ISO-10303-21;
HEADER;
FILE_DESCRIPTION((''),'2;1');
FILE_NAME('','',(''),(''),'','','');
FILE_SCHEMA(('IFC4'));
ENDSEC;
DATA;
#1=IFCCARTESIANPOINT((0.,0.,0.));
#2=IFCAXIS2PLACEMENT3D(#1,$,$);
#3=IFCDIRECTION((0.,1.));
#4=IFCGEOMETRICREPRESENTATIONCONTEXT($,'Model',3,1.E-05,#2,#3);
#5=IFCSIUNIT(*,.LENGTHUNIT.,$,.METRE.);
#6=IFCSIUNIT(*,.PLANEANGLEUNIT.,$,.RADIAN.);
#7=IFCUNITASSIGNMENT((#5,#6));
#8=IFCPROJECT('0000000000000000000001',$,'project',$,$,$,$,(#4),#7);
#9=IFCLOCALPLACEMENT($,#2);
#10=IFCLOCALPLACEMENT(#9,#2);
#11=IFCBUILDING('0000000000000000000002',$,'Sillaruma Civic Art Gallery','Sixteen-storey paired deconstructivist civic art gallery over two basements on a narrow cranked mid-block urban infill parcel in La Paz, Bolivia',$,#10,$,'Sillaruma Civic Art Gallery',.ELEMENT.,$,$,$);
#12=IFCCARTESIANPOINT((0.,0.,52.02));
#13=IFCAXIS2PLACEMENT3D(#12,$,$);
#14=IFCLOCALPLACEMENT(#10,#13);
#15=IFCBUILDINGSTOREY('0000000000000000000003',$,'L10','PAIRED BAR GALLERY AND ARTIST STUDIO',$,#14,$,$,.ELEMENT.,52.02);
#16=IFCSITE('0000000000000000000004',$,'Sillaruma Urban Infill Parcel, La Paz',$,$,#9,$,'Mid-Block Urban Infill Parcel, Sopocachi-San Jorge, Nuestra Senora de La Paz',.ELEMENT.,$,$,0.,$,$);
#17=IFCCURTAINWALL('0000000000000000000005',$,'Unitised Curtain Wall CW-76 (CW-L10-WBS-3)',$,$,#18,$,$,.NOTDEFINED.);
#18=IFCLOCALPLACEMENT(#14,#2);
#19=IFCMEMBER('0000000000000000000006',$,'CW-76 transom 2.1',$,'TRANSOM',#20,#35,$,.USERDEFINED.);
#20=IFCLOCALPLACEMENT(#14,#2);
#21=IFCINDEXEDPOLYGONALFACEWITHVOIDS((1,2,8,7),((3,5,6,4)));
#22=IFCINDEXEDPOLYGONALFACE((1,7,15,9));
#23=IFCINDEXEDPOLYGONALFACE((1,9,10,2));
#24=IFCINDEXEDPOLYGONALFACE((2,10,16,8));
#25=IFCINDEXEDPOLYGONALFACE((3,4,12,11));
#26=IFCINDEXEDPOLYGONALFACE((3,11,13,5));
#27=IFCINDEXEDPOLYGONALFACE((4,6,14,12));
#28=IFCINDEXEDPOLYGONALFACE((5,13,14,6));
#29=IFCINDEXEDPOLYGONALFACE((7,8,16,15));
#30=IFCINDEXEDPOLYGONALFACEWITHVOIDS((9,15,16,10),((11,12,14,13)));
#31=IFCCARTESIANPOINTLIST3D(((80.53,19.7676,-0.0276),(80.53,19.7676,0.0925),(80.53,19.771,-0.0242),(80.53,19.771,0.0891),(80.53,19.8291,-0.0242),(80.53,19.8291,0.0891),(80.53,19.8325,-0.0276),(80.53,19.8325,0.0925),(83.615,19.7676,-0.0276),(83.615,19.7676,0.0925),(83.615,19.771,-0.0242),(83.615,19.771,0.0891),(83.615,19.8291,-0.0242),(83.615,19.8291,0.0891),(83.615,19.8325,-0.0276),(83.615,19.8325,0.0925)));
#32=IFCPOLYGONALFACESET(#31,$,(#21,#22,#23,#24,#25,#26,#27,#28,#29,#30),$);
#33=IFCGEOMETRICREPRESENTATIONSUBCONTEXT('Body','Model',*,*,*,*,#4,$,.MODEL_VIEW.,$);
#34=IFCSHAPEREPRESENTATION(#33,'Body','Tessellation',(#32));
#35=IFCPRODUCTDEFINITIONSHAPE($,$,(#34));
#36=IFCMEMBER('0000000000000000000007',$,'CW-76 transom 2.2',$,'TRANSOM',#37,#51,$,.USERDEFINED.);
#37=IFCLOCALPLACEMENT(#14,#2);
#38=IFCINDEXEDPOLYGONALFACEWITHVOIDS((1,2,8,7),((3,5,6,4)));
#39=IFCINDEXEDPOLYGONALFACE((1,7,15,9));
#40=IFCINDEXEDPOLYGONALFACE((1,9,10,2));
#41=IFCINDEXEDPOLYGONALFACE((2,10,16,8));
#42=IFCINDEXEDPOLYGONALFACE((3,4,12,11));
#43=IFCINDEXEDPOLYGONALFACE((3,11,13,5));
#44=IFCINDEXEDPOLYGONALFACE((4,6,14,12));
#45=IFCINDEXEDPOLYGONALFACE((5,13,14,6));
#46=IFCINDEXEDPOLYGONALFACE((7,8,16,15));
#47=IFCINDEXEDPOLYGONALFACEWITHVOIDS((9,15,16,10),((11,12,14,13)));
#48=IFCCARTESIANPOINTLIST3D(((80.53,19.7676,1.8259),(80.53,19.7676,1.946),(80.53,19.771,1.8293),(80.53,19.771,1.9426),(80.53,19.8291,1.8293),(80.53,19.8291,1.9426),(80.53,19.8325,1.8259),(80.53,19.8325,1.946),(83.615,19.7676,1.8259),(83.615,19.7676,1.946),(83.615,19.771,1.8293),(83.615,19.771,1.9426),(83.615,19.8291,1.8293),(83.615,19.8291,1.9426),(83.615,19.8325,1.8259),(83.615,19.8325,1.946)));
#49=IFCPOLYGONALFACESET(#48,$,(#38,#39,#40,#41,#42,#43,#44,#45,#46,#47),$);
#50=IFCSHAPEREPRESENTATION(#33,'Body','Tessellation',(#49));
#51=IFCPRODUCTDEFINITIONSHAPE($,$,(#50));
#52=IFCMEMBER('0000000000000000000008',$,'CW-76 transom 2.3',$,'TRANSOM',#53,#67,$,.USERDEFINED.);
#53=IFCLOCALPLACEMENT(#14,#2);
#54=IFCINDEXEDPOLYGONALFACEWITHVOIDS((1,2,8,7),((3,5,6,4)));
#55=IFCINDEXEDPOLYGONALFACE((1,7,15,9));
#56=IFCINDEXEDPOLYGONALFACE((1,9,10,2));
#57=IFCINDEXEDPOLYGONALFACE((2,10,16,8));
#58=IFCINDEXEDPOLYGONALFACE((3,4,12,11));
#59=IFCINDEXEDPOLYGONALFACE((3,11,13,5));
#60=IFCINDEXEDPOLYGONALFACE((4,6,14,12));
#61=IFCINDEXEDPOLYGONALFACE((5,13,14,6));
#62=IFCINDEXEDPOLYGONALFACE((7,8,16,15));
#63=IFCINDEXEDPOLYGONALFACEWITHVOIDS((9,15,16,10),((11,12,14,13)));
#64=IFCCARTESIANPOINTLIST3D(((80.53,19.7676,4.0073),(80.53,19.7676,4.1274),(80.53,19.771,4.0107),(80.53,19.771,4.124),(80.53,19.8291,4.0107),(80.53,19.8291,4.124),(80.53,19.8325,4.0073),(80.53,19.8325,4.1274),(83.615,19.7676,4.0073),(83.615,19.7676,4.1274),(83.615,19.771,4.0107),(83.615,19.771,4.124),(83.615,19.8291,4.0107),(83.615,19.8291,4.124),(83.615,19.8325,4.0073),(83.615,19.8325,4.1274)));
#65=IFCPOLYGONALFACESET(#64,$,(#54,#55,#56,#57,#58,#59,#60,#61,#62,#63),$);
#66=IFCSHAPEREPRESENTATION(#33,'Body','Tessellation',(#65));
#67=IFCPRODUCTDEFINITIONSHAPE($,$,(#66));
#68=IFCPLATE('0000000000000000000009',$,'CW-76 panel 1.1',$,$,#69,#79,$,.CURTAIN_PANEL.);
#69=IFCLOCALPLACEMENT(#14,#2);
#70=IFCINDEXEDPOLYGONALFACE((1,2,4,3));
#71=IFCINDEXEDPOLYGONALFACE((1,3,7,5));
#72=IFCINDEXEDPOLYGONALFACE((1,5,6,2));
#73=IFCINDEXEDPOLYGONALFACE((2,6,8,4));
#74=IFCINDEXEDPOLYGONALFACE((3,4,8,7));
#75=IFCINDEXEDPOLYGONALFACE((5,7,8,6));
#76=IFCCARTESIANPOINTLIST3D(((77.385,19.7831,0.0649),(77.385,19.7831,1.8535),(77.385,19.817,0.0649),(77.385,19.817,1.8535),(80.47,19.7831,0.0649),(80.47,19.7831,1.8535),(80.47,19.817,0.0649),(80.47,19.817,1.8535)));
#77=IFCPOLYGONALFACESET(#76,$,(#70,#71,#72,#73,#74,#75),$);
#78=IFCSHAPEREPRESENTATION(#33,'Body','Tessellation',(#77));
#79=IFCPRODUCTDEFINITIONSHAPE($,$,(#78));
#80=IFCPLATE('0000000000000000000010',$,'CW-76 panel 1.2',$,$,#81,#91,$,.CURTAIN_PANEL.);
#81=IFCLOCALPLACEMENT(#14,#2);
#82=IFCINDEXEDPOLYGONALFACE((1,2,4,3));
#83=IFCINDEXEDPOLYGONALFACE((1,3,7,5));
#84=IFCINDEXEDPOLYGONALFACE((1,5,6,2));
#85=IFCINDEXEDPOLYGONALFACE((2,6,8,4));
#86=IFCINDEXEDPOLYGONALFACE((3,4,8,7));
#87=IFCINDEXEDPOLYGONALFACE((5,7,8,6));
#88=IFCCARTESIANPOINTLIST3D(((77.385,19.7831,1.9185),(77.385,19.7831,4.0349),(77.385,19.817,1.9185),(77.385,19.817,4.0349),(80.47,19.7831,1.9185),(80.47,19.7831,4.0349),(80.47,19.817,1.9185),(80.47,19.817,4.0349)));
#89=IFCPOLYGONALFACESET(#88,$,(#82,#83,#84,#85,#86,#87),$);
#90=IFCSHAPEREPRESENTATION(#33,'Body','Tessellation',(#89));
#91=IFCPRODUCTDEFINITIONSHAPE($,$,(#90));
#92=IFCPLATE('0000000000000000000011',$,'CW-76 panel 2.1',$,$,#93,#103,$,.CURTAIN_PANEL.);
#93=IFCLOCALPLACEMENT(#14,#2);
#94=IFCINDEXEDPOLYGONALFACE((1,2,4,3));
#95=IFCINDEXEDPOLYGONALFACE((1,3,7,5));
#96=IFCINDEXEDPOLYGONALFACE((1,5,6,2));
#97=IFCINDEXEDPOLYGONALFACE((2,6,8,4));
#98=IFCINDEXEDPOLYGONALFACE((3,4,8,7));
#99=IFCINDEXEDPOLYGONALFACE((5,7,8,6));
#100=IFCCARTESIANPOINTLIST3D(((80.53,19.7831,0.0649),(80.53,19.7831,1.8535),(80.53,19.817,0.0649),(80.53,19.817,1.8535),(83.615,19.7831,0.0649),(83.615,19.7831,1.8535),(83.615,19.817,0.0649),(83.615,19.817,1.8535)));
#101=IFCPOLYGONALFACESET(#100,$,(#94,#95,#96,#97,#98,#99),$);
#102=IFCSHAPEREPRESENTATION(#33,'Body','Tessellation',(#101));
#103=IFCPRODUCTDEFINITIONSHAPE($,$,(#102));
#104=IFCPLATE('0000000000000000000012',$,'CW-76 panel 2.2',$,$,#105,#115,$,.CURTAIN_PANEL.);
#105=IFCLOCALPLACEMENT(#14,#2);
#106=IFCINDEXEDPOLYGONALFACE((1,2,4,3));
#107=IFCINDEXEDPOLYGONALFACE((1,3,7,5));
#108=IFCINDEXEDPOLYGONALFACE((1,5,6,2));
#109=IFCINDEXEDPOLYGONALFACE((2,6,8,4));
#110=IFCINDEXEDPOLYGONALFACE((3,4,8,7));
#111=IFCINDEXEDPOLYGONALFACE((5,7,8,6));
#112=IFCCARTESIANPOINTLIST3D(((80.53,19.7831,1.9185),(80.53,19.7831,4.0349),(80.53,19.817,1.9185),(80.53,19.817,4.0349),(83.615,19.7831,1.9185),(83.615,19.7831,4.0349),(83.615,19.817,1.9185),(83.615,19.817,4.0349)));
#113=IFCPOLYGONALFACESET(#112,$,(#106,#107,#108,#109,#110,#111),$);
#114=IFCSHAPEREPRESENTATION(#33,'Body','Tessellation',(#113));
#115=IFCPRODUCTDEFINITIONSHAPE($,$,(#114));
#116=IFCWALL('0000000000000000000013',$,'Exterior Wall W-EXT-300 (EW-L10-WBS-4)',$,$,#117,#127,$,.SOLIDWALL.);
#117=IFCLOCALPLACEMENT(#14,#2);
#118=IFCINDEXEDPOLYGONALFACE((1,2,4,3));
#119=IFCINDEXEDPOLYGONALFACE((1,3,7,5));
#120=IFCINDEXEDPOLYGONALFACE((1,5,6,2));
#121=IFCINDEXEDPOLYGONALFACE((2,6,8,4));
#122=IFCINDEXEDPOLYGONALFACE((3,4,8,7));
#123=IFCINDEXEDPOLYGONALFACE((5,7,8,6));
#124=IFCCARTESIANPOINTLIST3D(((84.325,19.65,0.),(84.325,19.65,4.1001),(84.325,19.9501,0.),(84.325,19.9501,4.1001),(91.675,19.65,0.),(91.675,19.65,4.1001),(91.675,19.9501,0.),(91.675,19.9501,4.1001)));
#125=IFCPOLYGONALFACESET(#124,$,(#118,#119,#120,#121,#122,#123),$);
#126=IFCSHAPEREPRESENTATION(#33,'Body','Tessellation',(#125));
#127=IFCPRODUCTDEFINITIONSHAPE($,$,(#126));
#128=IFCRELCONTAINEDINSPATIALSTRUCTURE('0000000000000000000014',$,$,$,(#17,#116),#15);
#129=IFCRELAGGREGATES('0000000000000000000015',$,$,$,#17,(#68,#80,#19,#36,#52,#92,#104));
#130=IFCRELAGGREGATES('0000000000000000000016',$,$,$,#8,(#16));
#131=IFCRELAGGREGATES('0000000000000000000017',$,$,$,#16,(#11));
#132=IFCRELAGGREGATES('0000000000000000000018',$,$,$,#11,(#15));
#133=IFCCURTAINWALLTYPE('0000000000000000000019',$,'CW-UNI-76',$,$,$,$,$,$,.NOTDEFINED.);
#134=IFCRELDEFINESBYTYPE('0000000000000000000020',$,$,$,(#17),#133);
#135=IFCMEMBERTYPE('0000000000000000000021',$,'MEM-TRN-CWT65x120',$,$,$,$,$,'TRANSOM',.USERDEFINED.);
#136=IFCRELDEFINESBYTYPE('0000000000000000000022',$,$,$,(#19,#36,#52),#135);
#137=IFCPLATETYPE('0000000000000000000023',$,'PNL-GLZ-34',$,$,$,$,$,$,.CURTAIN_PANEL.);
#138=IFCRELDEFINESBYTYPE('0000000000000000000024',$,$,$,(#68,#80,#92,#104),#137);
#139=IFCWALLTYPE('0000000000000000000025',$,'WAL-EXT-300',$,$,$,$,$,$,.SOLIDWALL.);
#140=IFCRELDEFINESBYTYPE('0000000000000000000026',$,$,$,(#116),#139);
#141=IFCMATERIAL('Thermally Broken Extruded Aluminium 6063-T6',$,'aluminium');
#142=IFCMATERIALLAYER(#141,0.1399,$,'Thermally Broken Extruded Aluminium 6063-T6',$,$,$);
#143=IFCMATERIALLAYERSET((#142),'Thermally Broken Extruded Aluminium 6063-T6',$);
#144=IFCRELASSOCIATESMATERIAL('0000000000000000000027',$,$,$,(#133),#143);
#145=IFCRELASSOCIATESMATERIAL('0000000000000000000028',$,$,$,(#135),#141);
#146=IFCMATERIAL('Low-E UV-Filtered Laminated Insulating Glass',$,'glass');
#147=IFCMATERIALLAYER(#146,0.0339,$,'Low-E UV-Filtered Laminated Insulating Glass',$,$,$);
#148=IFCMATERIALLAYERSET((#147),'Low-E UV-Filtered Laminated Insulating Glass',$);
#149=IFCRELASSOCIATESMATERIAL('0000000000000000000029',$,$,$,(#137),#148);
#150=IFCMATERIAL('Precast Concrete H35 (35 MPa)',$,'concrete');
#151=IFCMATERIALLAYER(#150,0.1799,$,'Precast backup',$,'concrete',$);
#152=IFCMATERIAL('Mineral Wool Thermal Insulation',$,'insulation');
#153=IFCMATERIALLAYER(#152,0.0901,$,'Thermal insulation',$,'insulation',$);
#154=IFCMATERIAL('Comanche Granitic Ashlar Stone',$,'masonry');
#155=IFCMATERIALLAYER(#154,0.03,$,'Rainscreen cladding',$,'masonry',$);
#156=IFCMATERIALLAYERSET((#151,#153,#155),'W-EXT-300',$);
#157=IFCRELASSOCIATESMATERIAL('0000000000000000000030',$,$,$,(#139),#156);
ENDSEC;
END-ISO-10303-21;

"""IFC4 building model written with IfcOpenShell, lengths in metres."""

from ifc_helpers import new_model, si_unit, direction, frame, frame_2d, origin, origin_2d, place, context, subcontext, project, spatial, rectangle, hollow_rectangle, extrude, material, layer, layer_set, material_profile, profile_set, type_object, element, aggregate, save


model = new_model("IFC4")

# Units and contexts
model_context = context("Model", 3, precision=1e-05, world=origin(), true_north=direction((0.0, 1.0)))
body_context = subcontext(model_context, "Body", "Model", "MODEL_VIEW")
ifc_project = project(units=[si_unit("LENGTHUNIT", "METRE"), si_unit("PLANEANGLEUNIT", "RADIAN")], contexts=[model_context])

# Site, building, storey
site_placement = place(None, origin())
site = spatial("IfcSite", under=ifc_project, at=site_placement, Name="Sillaruma Urban Infill Parcel, La Paz", LongName="Mid-Block Urban Infill Parcel, Sopocachi-San Jorge, Nuestra Senora de La Paz", CompositionType="ELEMENT", RefElevation=0.0)
building_placement = place(site_placement, origin())
building = spatial("IfcBuilding", under=site, at=building_placement, Name="Sillaruma Civic Art Gallery", Description="Sixteen-storey paired deconstructivist civic art gallery over two basements on a narrow cranked mid-block urban infill parcel in La Paz, Bolivia", LongName="Sillaruma Civic Art Gallery", CompositionType="ELEMENT")
storey_placement = place(building_placement, frame((0.0, 0.0, 52.02)))
storey = spatial("IfcBuildingStorey", under=building, at=storey_placement, Name="L10", Description="PAIRED BAR GALLERY AND ARTIST STUDIO", CompositionType="ELEMENT", Elevation=52.02)

# Curtain wall, members, plates
ifc_material_1 = material(Name="Thermally Broken Extruded Aluminium 6063-T6", Category="aluminium")
ifc_layer_1 = layer(ifc_material_1, 0.1399, Name="Thermally Broken Extruded Aluminium 6063-T6")
ifc_layer_set_1 = layer_set([ifc_layer_1], Name="Thermally Broken Extruded Aluminium 6063-T6")
curtain_wall_type = type_object("IfcCurtainWallType", Name="CW-UNI-76", PredefinedType="NOTDEFINED", material=ifc_layer_set_1)
curtain_wall_placement = place(storey_placement, origin())
curtain_wall = element("IfcCurtainWall", 1, at=curtain_wall_placement, inside=storey, type_object=curtain_wall_type, Name="Unitised Curtain Wall CW-76 (CW-L10-WBS-3)", PredefinedType="NOTDEFINED")
ifc_material_profile_1 = material_profile(ifc_material_1, hollow_rectangle(XDim=0.0649, YDim=0.1201, WallThickness=0.0034, at=origin_2d()), Name="CWT65x120")
ifc_profile_set_1 = profile_set([ifc_material_profile_1], Name="Thermally Broken Extruded Aluminium 6063-T6")
member_type_1 = type_object("IfcMemberType", Name="MEM-TRN-CWT65x120", ElementType="TRANSOM", PredefinedType="USERDEFINED", material=ifc_profile_set_1)
member_1_placement = place(storey_placement, frame((80.53, 19.8, 0.0325), z_axis=(1.0, 0.0, 0.0), x_axis=(0.0, 1.0, 0.0)))
member_1 = element("IfcMember", 2, at=member_1_placement, type_object=member_type_1, Name="CW-76 transom 2.1", ObjectType="TRANSOM", PredefinedType="USERDEFINED", context=body_context, shape_type="SweptSolid", body=[
    extrude(hollow_rectangle(XDim=0.0649, YDim=0.1201, WallThickness=0.0034, at=origin_2d()), origin(), (0.0, 0.0, 1.0), 3.085),
])
member_2_placement = place(storey_placement, frame((80.53, 19.8, 1.886), z_axis=(1.0, 0.0, 0.0), x_axis=(0.0, 1.0, 0.0)))
member_2 = element("IfcMember", 3, at=member_2_placement, type_object=member_type_1, Name="CW-76 transom 2.2", ObjectType="TRANSOM", PredefinedType="USERDEFINED", context=body_context, shape_type="SweptSolid", body=[
    extrude(hollow_rectangle(XDim=0.0649, YDim=0.1201, WallThickness=0.0034, at=origin_2d()), origin(), (0.0, 0.0, 1.0), 3.085),
])
member_3_placement = place(storey_placement, frame((80.53, 19.8, 4.0674), z_axis=(1.0, 0.0, 0.0), x_axis=(0.0, 1.0, 0.0)))
member_3 = element("IfcMember", 4, at=member_3_placement, type_object=member_type_1, Name="CW-76 transom 2.3", ObjectType="TRANSOM", PredefinedType="USERDEFINED", context=body_context, shape_type="SweptSolid", body=[
    extrude(hollow_rectangle(XDim=0.0649, YDim=0.1201, WallThickness=0.0034, at=origin_2d()), origin(), (0.0, 0.0, 1.0), 3.085),
])
ifc_material_2 = material(Name="Low-E UV-Filtered Laminated Insulating Glass", Category="glass")
ifc_layer_2 = layer(ifc_material_2, 0.0339, Name="Low-E UV-Filtered Laminated Insulating Glass")
ifc_layer_set_2 = layer_set([ifc_layer_2], Name="Low-E UV-Filtered Laminated Insulating Glass")
plate_type = type_object("IfcPlateType", Name="PNL-GLZ-34", PredefinedType="CURTAIN_PANEL", material=ifc_layer_set_2)
plate_1_placement = place(storey_placement, frame((78.9275, 19.8, 0.0649), z_axis=(0.0, 0.0, 1.0), x_axis=(1.0, 0.0, 0.0)))
plate_1 = element("IfcPlate", 5, at=plate_1_placement, type_object=plate_type, Name="CW-76 panel 1.1", PredefinedType="CURTAIN_PANEL", context=body_context, shape_type="SweptSolid", body=[
    extrude(rectangle(XDim=3.085, YDim=0.0339, at=origin_2d()), origin(), (0.0, 0.0, 1.0), 1.7886),
])
plate_2_placement = place(storey_placement, frame((78.9275, 19.8, 1.9185), z_axis=(0.0, 0.0, 1.0), x_axis=(1.0, 0.0, 0.0)))
plate_2 = element("IfcPlate", 6, at=plate_2_placement, type_object=plate_type, Name="CW-76 panel 1.2", PredefinedType="CURTAIN_PANEL", context=body_context, shape_type="SweptSolid", body=[
    extrude(rectangle(XDim=3.085, YDim=0.0339, at=origin_2d()), origin(), (0.0, 0.0, 1.0), 2.1165),
])
plate_3_placement = place(storey_placement, frame((82.0725, 19.8, 0.0649), z_axis=(0.0, 0.0, 1.0), x_axis=(1.0, 0.0, 0.0)))
plate_3 = element("IfcPlate", 7, at=plate_3_placement, type_object=plate_type, Name="CW-76 panel 2.1", PredefinedType="CURTAIN_PANEL", context=body_context, shape_type="SweptSolid", body=[
    extrude(rectangle(XDim=3.085, YDim=0.0339, at=origin_2d()), origin(), (0.0, 0.0, 1.0), 1.7886),
])
plate_4_placement = place(storey_placement, frame((82.0725, 19.8, 1.9185), z_axis=(0.0, 0.0, 1.0), x_axis=(1.0, 0.0, 0.0)))
plate_4 = element("IfcPlate", 8, at=plate_4_placement, type_object=plate_type, Name="CW-76 panel 2.2", PredefinedType="CURTAIN_PANEL", context=body_context, shape_type="SweptSolid", body=[
    extrude(rectangle(XDim=3.085, YDim=0.0339, at=origin_2d()), origin(), (0.0, 0.0, 1.0), 2.1165),
])
aggregate(curtain_wall, [plate_1, plate_2, member_1, member_2, member_3, plate_3, plate_4])

# Wall
ifc_material_3 = material(Name="Precast Concrete H35 (35 MPa)", Category="concrete")
ifc_layer_3 = layer(ifc_material_3, 0.1799, Name="Precast backup", Category="concrete")
ifc_material_4 = material(Name="Mineral Wool Thermal Insulation", Category="insulation")
ifc_layer_4 = layer(ifc_material_4, 0.0901, Name="Thermal insulation", Category="insulation")
ifc_material_5 = material(Name="Comanche Granitic Ashlar Stone", Category="masonry")
ifc_layer_5 = layer(ifc_material_5, 0.03, Name="Rainscreen cladding", Category="masonry")
ifc_layer_set_3 = layer_set([ifc_layer_3, ifc_layer_4, ifc_layer_5], Name="W-EXT-300")
wall_type = type_object("IfcWallType", Name="WAL-EXT-300", PredefinedType="SOLIDWALL", material=ifc_layer_set_3)
wall_placement = place(storey_placement, frame((84.325, 19.8, 0.0), z_axis=(0.0, 0.0, 1.0), x_axis=(1.0, 0.0, 0.0)))
element("IfcWall", 9, at=wall_placement, inside=storey, type_object=wall_type, Name="Exterior Wall W-EXT-300 (EW-L10-WBS-4)", PredefinedType="SOLIDWALL", context=body_context, shape_type="SweptSolid", body=[
    extrude(rectangle(XDim=7.3501, YDim=0.3, at=frame_2d((3.675, 0.0))), origin(), (0.0, 0.0, 1.0), 4.1001),
])

save(model, "model.ifc")
